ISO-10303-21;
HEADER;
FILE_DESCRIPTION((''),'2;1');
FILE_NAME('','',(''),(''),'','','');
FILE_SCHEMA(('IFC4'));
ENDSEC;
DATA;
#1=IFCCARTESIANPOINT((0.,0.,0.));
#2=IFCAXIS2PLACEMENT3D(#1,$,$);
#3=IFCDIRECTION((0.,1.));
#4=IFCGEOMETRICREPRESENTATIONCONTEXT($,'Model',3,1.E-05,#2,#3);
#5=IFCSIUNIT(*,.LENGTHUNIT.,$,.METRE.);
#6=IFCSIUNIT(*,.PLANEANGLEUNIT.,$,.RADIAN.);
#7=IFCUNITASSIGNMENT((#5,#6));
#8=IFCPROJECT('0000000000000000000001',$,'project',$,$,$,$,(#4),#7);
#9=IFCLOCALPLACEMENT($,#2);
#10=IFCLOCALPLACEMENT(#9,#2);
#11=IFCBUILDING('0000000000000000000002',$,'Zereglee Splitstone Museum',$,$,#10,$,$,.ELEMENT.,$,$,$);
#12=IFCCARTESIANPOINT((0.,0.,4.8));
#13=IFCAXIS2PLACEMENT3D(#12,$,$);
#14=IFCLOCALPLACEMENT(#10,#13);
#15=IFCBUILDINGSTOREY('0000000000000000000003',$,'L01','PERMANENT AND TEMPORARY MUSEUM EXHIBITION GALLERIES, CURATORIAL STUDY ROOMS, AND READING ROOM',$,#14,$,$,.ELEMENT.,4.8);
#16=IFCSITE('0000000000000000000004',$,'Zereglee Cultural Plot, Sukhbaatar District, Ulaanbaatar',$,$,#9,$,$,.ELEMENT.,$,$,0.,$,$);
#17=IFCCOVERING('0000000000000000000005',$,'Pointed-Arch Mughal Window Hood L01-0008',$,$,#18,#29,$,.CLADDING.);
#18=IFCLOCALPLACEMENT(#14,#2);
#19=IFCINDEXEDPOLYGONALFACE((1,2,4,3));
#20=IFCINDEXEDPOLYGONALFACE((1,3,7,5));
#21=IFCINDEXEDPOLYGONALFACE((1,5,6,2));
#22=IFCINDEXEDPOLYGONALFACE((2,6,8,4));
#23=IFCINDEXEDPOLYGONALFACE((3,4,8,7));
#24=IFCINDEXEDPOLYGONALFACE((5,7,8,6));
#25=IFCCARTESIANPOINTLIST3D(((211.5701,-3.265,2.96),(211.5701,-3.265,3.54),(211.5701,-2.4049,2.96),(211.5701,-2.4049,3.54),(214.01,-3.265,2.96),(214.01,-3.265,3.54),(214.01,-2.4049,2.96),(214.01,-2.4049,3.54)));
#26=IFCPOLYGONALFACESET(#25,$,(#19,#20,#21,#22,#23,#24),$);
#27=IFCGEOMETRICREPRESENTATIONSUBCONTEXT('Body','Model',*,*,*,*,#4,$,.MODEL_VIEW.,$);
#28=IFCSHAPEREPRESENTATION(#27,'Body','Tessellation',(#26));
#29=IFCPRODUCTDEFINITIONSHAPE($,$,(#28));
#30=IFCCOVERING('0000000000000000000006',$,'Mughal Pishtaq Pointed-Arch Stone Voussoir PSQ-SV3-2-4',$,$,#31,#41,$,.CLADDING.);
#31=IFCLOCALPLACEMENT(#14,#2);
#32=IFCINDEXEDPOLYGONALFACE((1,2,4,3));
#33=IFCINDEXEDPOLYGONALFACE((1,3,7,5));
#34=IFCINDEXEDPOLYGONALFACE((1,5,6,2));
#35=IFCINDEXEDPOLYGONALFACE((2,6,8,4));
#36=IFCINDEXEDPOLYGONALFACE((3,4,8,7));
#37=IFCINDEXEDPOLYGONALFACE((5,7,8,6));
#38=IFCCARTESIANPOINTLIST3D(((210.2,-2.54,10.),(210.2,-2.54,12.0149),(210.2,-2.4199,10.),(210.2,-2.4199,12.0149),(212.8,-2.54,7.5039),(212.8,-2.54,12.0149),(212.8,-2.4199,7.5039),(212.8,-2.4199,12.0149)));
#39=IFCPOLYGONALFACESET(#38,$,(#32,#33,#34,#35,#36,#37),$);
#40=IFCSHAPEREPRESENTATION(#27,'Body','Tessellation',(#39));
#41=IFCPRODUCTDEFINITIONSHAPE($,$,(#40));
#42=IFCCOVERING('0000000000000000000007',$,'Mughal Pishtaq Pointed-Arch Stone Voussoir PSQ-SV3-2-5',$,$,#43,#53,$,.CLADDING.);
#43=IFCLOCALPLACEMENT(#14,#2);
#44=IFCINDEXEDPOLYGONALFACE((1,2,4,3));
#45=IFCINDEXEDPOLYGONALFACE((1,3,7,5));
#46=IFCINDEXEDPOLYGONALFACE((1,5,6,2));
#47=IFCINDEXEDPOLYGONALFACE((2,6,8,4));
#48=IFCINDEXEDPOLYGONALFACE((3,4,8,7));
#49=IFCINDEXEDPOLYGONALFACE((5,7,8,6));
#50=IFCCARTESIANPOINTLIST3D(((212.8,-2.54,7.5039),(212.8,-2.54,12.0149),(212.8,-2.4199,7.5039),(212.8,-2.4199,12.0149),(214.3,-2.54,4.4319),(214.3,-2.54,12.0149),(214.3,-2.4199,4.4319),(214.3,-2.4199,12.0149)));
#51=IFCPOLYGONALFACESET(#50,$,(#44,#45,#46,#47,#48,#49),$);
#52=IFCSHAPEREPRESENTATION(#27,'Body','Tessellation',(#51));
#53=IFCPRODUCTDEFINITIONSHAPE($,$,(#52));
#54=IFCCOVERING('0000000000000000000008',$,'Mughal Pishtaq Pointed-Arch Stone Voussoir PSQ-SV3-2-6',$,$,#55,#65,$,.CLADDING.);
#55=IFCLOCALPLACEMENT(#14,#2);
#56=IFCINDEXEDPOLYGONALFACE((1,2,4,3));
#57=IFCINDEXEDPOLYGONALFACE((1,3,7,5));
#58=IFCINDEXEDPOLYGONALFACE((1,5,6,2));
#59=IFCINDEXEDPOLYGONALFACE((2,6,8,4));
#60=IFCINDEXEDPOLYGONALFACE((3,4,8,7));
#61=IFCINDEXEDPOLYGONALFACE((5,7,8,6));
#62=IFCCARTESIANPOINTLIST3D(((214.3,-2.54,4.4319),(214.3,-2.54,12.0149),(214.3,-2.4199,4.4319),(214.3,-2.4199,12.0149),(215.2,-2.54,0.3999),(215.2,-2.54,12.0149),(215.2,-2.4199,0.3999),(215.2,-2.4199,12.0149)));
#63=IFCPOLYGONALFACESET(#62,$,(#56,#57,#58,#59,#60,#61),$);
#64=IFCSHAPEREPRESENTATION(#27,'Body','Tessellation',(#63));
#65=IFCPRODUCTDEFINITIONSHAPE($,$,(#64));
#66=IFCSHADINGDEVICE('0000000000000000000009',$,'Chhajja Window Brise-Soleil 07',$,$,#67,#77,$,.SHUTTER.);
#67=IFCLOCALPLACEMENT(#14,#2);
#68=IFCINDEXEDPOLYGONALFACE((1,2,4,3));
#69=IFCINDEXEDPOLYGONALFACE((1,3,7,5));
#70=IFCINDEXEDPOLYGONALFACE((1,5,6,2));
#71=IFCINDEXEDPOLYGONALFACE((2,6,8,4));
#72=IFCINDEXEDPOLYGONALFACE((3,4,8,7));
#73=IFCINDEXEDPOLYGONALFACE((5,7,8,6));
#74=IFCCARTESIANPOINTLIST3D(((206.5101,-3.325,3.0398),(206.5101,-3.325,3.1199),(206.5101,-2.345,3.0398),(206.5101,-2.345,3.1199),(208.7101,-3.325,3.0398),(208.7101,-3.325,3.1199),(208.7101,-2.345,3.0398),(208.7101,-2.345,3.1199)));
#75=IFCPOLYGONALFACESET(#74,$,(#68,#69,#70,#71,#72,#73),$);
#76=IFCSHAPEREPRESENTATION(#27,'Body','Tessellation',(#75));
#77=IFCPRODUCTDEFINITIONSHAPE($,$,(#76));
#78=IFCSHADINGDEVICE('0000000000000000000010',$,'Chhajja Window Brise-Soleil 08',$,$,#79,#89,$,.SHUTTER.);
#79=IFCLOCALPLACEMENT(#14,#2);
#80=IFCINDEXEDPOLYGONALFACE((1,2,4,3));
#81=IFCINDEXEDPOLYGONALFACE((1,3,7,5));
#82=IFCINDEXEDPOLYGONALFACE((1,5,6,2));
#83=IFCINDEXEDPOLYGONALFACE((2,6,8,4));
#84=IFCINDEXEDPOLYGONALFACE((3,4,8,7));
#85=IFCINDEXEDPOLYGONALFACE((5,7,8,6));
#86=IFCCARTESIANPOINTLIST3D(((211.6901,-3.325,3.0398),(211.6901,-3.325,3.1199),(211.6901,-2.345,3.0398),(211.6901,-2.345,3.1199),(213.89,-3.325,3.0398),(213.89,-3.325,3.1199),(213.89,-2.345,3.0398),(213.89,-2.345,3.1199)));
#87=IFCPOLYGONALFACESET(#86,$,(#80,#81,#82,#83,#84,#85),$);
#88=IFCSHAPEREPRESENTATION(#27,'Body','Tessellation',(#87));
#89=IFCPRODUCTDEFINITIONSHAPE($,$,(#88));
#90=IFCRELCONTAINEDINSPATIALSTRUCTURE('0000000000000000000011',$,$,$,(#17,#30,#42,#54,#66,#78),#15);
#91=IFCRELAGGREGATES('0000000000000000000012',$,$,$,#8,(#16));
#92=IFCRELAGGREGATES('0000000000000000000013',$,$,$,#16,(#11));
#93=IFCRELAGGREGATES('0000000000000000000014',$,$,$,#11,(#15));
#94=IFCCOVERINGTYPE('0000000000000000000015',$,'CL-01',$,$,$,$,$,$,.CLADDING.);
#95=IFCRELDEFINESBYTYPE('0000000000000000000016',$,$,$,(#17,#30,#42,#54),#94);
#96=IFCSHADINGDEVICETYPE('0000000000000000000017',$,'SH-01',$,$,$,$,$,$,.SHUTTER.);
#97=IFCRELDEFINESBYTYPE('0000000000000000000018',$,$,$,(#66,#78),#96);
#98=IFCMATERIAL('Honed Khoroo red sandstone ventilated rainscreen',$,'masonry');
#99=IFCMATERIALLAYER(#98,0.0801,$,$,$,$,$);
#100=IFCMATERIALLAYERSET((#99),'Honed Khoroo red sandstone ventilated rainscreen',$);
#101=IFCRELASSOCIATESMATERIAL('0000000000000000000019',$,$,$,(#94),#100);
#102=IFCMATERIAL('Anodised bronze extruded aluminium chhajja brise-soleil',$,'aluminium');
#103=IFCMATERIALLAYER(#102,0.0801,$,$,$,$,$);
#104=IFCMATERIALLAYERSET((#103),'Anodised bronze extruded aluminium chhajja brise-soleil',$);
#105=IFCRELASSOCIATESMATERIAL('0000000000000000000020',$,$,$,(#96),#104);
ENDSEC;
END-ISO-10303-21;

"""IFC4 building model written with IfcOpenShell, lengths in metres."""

from ifc_helpers import new_model, si_unit, direction, frame, origin, origin_2d, place, context, subcontext, project, spatial, polyline, rectangle, outline, extrude, material, layer, layer_set, type_object, element, save


model = new_model("IFC4")

# Units and contexts
model_context = context("Model", 3, precision=1e-05, world=origin(), true_north=direction((0.0, 1.0)))
body_context = subcontext(model_context, "Body", "Model", "MODEL_VIEW")
ifc_project = project(units=[si_unit("LENGTHUNIT", "METRE"), si_unit("PLANEANGLEUNIT", "RADIAN")], contexts=[model_context])

# Site, building, storey
site_placement = place(None, origin())
site = spatial("IfcSite", under=ifc_project, at=site_placement, Name="Zereglee Cultural Plot, Sukhbaatar District, Ulaanbaatar", CompositionType="ELEMENT", RefElevation=0.0)
building_placement = place(site_placement, origin())
building = spatial("IfcBuilding", under=site, at=building_placement, Name="Zereglee Splitstone Museum", CompositionType="ELEMENT")
storey_placement = place(building_placement, frame((0.0, 0.0, 4.8)))
storey = spatial("IfcBuildingStorey", under=building, at=storey_placement, Name="L01", Description="PERMANENT AND TEMPORARY MUSEUM EXHIBITION GALLERIES, CURATORIAL STUDY ROOMS, AND READING ROOM", CompositionType="ELEMENT", Elevation=4.8)

# Coverings
ifc_material_1 = material(Name="Honed Khoroo red sandstone ventilated rainscreen", Category="masonry")
ifc_layer_1 = layer(ifc_material_1, 0.0801)
ifc_layer_set_1 = layer_set([ifc_layer_1], Name="Honed Khoroo red sandstone ventilated rainscreen")
covering_type_1 = type_object("IfcCoveringType", Name="CL-01", PredefinedType="CLADDING", material=ifc_layer_set_1)
for number, where, z_axis, x_axis, name in (
    (1, (212.79, -2.835, 2.96), (0.0, 0.0, 1.0), (1.0, 0.0, 0.0), "Pointed-Arch Mughal Window Hood L01-0008"),
):
    element("IfcCovering", number, at=place(storey_placement, frame(where, z_axis=z_axis, x_axis=x_axis)), inside=storey, type_object=covering_type_1, Name=name, PredefinedType="CLADDING", context=body_context, shape_type="SweptSolid", body=[
        extrude(rectangle(XDim=2.4399, YDim=0.8601, at=origin_2d()), origin(), (0.0, 0.0, 1.0), 0.5801),
    ])
covering_1_placement = place(storey_placement, frame((210.2, -2.54, 10.0), z_axis=(0.0, -1.0, 0.0), x_axis=(0.721387, 0.0, -0.692532)))
element("IfcCovering", 2, at=covering_1_placement, inside=storey, type_object=covering_type_1, Name="Mughal Pishtaq Pointed-Arch Stone Voussoir PSQ-SV3-2-4", PredefinedType="CLADDING", context=body_context, shape_type="SweptSolid", body=[
    extrude(outline(polyline([(0.0, 0.0), (3.6043, 0.0), (0.4803, 3.2542), (-1.3954, 1.4535), (0.0, 0.0)])), origin(), (0.0, 0.0, -1.0), 0.1201),
])
covering_2_placement = place(storey_placement, frame((212.8, -2.54, 7.5039), z_axis=(0.0, -1.0, 0.0), x_axis=(0.438767, 0.0, -0.898601)))
element("IfcCovering", 3, at=covering_2_placement, inside=storey, type_object=covering_type_1, Name="Mughal Pishtaq Pointed-Arch Stone Voussoir PSQ-SV3-2-5", PredefinedType="CLADDING", context=body_context, shape_type="SweptSolid", body=[
    extrude(outline(polyline([(0.0, 0.0), (3.4187, 0.0), (-3.3954, 3.3272), (-4.0536, 1.9793), (0.0, 0.0)])), origin(), (0.0, 0.0, -1.0), 0.1201),
])
covering_3_placement = place(storey_placement, frame((214.3, -2.54, 4.4319), z_axis=(0.0, -1.0, 0.0), x_axis=(0.217831, 0.0, -0.975986)))
element("IfcCovering", 4, at=covering_3_placement, inside=storey, type_object=covering_type_1, Name="Mughal Pishtaq Pointed-Arch Stone Voussoir PSQ-SV3-2-6", PredefinedType="CLADDING", context=body_context, shape_type="SweptSolid", body=[
    extrude(outline(polyline([(0.0, 0.0), (4.1312, 0.0), (-7.2049, 2.5301), (-7.4009, 1.6518), (0.0, 0.0)])), origin(), (0.0, 0.0, -1.0), 0.1201),
])

# Shading devices
ifc_material_2 = material(Name="Anodised bronze extruded aluminium chhajja brise-soleil", Category="aluminium")
ifc_layer_2 = layer(ifc_material_2, 0.0801)
ifc_layer_set_2 = layer_set([ifc_layer_2], Name="Anodised bronze extruded aluminium chhajja brise-soleil")
shading_device_type = type_object("IfcShadingDeviceType", Name="SH-01", PredefinedType="SHUTTER", material=ifc_layer_set_2)
for number, where, z_axis, x_axis, name in (
    (5, (207.6101, -2.835, 3.0398), (0.0, 0.0, 1.0), (1.0, 0.0, 0.0), "Chhajja Window Brise-Soleil 07"),
    (6, (212.79, -2.835, 3.0398), (0.0, 0.0, 1.0), (1.0, 0.0, 0.0), "Chhajja Window Brise-Soleil 08"),
):
    element("IfcShadingDevice", number, at=place(storey_placement, frame(where, z_axis=z_axis, x_axis=x_axis)), inside=storey, type_object=shading_device_type, Name=name, PredefinedType="SHUTTER", context=body_context, shape_type="SweptSolid", body=[
        extrude(rectangle(XDim=2.2, YDim=0.98, at=origin_2d()), origin(), (0.0, 0.0, 1.0), 0.0801),
    ])

save(model, "model.ifc")
